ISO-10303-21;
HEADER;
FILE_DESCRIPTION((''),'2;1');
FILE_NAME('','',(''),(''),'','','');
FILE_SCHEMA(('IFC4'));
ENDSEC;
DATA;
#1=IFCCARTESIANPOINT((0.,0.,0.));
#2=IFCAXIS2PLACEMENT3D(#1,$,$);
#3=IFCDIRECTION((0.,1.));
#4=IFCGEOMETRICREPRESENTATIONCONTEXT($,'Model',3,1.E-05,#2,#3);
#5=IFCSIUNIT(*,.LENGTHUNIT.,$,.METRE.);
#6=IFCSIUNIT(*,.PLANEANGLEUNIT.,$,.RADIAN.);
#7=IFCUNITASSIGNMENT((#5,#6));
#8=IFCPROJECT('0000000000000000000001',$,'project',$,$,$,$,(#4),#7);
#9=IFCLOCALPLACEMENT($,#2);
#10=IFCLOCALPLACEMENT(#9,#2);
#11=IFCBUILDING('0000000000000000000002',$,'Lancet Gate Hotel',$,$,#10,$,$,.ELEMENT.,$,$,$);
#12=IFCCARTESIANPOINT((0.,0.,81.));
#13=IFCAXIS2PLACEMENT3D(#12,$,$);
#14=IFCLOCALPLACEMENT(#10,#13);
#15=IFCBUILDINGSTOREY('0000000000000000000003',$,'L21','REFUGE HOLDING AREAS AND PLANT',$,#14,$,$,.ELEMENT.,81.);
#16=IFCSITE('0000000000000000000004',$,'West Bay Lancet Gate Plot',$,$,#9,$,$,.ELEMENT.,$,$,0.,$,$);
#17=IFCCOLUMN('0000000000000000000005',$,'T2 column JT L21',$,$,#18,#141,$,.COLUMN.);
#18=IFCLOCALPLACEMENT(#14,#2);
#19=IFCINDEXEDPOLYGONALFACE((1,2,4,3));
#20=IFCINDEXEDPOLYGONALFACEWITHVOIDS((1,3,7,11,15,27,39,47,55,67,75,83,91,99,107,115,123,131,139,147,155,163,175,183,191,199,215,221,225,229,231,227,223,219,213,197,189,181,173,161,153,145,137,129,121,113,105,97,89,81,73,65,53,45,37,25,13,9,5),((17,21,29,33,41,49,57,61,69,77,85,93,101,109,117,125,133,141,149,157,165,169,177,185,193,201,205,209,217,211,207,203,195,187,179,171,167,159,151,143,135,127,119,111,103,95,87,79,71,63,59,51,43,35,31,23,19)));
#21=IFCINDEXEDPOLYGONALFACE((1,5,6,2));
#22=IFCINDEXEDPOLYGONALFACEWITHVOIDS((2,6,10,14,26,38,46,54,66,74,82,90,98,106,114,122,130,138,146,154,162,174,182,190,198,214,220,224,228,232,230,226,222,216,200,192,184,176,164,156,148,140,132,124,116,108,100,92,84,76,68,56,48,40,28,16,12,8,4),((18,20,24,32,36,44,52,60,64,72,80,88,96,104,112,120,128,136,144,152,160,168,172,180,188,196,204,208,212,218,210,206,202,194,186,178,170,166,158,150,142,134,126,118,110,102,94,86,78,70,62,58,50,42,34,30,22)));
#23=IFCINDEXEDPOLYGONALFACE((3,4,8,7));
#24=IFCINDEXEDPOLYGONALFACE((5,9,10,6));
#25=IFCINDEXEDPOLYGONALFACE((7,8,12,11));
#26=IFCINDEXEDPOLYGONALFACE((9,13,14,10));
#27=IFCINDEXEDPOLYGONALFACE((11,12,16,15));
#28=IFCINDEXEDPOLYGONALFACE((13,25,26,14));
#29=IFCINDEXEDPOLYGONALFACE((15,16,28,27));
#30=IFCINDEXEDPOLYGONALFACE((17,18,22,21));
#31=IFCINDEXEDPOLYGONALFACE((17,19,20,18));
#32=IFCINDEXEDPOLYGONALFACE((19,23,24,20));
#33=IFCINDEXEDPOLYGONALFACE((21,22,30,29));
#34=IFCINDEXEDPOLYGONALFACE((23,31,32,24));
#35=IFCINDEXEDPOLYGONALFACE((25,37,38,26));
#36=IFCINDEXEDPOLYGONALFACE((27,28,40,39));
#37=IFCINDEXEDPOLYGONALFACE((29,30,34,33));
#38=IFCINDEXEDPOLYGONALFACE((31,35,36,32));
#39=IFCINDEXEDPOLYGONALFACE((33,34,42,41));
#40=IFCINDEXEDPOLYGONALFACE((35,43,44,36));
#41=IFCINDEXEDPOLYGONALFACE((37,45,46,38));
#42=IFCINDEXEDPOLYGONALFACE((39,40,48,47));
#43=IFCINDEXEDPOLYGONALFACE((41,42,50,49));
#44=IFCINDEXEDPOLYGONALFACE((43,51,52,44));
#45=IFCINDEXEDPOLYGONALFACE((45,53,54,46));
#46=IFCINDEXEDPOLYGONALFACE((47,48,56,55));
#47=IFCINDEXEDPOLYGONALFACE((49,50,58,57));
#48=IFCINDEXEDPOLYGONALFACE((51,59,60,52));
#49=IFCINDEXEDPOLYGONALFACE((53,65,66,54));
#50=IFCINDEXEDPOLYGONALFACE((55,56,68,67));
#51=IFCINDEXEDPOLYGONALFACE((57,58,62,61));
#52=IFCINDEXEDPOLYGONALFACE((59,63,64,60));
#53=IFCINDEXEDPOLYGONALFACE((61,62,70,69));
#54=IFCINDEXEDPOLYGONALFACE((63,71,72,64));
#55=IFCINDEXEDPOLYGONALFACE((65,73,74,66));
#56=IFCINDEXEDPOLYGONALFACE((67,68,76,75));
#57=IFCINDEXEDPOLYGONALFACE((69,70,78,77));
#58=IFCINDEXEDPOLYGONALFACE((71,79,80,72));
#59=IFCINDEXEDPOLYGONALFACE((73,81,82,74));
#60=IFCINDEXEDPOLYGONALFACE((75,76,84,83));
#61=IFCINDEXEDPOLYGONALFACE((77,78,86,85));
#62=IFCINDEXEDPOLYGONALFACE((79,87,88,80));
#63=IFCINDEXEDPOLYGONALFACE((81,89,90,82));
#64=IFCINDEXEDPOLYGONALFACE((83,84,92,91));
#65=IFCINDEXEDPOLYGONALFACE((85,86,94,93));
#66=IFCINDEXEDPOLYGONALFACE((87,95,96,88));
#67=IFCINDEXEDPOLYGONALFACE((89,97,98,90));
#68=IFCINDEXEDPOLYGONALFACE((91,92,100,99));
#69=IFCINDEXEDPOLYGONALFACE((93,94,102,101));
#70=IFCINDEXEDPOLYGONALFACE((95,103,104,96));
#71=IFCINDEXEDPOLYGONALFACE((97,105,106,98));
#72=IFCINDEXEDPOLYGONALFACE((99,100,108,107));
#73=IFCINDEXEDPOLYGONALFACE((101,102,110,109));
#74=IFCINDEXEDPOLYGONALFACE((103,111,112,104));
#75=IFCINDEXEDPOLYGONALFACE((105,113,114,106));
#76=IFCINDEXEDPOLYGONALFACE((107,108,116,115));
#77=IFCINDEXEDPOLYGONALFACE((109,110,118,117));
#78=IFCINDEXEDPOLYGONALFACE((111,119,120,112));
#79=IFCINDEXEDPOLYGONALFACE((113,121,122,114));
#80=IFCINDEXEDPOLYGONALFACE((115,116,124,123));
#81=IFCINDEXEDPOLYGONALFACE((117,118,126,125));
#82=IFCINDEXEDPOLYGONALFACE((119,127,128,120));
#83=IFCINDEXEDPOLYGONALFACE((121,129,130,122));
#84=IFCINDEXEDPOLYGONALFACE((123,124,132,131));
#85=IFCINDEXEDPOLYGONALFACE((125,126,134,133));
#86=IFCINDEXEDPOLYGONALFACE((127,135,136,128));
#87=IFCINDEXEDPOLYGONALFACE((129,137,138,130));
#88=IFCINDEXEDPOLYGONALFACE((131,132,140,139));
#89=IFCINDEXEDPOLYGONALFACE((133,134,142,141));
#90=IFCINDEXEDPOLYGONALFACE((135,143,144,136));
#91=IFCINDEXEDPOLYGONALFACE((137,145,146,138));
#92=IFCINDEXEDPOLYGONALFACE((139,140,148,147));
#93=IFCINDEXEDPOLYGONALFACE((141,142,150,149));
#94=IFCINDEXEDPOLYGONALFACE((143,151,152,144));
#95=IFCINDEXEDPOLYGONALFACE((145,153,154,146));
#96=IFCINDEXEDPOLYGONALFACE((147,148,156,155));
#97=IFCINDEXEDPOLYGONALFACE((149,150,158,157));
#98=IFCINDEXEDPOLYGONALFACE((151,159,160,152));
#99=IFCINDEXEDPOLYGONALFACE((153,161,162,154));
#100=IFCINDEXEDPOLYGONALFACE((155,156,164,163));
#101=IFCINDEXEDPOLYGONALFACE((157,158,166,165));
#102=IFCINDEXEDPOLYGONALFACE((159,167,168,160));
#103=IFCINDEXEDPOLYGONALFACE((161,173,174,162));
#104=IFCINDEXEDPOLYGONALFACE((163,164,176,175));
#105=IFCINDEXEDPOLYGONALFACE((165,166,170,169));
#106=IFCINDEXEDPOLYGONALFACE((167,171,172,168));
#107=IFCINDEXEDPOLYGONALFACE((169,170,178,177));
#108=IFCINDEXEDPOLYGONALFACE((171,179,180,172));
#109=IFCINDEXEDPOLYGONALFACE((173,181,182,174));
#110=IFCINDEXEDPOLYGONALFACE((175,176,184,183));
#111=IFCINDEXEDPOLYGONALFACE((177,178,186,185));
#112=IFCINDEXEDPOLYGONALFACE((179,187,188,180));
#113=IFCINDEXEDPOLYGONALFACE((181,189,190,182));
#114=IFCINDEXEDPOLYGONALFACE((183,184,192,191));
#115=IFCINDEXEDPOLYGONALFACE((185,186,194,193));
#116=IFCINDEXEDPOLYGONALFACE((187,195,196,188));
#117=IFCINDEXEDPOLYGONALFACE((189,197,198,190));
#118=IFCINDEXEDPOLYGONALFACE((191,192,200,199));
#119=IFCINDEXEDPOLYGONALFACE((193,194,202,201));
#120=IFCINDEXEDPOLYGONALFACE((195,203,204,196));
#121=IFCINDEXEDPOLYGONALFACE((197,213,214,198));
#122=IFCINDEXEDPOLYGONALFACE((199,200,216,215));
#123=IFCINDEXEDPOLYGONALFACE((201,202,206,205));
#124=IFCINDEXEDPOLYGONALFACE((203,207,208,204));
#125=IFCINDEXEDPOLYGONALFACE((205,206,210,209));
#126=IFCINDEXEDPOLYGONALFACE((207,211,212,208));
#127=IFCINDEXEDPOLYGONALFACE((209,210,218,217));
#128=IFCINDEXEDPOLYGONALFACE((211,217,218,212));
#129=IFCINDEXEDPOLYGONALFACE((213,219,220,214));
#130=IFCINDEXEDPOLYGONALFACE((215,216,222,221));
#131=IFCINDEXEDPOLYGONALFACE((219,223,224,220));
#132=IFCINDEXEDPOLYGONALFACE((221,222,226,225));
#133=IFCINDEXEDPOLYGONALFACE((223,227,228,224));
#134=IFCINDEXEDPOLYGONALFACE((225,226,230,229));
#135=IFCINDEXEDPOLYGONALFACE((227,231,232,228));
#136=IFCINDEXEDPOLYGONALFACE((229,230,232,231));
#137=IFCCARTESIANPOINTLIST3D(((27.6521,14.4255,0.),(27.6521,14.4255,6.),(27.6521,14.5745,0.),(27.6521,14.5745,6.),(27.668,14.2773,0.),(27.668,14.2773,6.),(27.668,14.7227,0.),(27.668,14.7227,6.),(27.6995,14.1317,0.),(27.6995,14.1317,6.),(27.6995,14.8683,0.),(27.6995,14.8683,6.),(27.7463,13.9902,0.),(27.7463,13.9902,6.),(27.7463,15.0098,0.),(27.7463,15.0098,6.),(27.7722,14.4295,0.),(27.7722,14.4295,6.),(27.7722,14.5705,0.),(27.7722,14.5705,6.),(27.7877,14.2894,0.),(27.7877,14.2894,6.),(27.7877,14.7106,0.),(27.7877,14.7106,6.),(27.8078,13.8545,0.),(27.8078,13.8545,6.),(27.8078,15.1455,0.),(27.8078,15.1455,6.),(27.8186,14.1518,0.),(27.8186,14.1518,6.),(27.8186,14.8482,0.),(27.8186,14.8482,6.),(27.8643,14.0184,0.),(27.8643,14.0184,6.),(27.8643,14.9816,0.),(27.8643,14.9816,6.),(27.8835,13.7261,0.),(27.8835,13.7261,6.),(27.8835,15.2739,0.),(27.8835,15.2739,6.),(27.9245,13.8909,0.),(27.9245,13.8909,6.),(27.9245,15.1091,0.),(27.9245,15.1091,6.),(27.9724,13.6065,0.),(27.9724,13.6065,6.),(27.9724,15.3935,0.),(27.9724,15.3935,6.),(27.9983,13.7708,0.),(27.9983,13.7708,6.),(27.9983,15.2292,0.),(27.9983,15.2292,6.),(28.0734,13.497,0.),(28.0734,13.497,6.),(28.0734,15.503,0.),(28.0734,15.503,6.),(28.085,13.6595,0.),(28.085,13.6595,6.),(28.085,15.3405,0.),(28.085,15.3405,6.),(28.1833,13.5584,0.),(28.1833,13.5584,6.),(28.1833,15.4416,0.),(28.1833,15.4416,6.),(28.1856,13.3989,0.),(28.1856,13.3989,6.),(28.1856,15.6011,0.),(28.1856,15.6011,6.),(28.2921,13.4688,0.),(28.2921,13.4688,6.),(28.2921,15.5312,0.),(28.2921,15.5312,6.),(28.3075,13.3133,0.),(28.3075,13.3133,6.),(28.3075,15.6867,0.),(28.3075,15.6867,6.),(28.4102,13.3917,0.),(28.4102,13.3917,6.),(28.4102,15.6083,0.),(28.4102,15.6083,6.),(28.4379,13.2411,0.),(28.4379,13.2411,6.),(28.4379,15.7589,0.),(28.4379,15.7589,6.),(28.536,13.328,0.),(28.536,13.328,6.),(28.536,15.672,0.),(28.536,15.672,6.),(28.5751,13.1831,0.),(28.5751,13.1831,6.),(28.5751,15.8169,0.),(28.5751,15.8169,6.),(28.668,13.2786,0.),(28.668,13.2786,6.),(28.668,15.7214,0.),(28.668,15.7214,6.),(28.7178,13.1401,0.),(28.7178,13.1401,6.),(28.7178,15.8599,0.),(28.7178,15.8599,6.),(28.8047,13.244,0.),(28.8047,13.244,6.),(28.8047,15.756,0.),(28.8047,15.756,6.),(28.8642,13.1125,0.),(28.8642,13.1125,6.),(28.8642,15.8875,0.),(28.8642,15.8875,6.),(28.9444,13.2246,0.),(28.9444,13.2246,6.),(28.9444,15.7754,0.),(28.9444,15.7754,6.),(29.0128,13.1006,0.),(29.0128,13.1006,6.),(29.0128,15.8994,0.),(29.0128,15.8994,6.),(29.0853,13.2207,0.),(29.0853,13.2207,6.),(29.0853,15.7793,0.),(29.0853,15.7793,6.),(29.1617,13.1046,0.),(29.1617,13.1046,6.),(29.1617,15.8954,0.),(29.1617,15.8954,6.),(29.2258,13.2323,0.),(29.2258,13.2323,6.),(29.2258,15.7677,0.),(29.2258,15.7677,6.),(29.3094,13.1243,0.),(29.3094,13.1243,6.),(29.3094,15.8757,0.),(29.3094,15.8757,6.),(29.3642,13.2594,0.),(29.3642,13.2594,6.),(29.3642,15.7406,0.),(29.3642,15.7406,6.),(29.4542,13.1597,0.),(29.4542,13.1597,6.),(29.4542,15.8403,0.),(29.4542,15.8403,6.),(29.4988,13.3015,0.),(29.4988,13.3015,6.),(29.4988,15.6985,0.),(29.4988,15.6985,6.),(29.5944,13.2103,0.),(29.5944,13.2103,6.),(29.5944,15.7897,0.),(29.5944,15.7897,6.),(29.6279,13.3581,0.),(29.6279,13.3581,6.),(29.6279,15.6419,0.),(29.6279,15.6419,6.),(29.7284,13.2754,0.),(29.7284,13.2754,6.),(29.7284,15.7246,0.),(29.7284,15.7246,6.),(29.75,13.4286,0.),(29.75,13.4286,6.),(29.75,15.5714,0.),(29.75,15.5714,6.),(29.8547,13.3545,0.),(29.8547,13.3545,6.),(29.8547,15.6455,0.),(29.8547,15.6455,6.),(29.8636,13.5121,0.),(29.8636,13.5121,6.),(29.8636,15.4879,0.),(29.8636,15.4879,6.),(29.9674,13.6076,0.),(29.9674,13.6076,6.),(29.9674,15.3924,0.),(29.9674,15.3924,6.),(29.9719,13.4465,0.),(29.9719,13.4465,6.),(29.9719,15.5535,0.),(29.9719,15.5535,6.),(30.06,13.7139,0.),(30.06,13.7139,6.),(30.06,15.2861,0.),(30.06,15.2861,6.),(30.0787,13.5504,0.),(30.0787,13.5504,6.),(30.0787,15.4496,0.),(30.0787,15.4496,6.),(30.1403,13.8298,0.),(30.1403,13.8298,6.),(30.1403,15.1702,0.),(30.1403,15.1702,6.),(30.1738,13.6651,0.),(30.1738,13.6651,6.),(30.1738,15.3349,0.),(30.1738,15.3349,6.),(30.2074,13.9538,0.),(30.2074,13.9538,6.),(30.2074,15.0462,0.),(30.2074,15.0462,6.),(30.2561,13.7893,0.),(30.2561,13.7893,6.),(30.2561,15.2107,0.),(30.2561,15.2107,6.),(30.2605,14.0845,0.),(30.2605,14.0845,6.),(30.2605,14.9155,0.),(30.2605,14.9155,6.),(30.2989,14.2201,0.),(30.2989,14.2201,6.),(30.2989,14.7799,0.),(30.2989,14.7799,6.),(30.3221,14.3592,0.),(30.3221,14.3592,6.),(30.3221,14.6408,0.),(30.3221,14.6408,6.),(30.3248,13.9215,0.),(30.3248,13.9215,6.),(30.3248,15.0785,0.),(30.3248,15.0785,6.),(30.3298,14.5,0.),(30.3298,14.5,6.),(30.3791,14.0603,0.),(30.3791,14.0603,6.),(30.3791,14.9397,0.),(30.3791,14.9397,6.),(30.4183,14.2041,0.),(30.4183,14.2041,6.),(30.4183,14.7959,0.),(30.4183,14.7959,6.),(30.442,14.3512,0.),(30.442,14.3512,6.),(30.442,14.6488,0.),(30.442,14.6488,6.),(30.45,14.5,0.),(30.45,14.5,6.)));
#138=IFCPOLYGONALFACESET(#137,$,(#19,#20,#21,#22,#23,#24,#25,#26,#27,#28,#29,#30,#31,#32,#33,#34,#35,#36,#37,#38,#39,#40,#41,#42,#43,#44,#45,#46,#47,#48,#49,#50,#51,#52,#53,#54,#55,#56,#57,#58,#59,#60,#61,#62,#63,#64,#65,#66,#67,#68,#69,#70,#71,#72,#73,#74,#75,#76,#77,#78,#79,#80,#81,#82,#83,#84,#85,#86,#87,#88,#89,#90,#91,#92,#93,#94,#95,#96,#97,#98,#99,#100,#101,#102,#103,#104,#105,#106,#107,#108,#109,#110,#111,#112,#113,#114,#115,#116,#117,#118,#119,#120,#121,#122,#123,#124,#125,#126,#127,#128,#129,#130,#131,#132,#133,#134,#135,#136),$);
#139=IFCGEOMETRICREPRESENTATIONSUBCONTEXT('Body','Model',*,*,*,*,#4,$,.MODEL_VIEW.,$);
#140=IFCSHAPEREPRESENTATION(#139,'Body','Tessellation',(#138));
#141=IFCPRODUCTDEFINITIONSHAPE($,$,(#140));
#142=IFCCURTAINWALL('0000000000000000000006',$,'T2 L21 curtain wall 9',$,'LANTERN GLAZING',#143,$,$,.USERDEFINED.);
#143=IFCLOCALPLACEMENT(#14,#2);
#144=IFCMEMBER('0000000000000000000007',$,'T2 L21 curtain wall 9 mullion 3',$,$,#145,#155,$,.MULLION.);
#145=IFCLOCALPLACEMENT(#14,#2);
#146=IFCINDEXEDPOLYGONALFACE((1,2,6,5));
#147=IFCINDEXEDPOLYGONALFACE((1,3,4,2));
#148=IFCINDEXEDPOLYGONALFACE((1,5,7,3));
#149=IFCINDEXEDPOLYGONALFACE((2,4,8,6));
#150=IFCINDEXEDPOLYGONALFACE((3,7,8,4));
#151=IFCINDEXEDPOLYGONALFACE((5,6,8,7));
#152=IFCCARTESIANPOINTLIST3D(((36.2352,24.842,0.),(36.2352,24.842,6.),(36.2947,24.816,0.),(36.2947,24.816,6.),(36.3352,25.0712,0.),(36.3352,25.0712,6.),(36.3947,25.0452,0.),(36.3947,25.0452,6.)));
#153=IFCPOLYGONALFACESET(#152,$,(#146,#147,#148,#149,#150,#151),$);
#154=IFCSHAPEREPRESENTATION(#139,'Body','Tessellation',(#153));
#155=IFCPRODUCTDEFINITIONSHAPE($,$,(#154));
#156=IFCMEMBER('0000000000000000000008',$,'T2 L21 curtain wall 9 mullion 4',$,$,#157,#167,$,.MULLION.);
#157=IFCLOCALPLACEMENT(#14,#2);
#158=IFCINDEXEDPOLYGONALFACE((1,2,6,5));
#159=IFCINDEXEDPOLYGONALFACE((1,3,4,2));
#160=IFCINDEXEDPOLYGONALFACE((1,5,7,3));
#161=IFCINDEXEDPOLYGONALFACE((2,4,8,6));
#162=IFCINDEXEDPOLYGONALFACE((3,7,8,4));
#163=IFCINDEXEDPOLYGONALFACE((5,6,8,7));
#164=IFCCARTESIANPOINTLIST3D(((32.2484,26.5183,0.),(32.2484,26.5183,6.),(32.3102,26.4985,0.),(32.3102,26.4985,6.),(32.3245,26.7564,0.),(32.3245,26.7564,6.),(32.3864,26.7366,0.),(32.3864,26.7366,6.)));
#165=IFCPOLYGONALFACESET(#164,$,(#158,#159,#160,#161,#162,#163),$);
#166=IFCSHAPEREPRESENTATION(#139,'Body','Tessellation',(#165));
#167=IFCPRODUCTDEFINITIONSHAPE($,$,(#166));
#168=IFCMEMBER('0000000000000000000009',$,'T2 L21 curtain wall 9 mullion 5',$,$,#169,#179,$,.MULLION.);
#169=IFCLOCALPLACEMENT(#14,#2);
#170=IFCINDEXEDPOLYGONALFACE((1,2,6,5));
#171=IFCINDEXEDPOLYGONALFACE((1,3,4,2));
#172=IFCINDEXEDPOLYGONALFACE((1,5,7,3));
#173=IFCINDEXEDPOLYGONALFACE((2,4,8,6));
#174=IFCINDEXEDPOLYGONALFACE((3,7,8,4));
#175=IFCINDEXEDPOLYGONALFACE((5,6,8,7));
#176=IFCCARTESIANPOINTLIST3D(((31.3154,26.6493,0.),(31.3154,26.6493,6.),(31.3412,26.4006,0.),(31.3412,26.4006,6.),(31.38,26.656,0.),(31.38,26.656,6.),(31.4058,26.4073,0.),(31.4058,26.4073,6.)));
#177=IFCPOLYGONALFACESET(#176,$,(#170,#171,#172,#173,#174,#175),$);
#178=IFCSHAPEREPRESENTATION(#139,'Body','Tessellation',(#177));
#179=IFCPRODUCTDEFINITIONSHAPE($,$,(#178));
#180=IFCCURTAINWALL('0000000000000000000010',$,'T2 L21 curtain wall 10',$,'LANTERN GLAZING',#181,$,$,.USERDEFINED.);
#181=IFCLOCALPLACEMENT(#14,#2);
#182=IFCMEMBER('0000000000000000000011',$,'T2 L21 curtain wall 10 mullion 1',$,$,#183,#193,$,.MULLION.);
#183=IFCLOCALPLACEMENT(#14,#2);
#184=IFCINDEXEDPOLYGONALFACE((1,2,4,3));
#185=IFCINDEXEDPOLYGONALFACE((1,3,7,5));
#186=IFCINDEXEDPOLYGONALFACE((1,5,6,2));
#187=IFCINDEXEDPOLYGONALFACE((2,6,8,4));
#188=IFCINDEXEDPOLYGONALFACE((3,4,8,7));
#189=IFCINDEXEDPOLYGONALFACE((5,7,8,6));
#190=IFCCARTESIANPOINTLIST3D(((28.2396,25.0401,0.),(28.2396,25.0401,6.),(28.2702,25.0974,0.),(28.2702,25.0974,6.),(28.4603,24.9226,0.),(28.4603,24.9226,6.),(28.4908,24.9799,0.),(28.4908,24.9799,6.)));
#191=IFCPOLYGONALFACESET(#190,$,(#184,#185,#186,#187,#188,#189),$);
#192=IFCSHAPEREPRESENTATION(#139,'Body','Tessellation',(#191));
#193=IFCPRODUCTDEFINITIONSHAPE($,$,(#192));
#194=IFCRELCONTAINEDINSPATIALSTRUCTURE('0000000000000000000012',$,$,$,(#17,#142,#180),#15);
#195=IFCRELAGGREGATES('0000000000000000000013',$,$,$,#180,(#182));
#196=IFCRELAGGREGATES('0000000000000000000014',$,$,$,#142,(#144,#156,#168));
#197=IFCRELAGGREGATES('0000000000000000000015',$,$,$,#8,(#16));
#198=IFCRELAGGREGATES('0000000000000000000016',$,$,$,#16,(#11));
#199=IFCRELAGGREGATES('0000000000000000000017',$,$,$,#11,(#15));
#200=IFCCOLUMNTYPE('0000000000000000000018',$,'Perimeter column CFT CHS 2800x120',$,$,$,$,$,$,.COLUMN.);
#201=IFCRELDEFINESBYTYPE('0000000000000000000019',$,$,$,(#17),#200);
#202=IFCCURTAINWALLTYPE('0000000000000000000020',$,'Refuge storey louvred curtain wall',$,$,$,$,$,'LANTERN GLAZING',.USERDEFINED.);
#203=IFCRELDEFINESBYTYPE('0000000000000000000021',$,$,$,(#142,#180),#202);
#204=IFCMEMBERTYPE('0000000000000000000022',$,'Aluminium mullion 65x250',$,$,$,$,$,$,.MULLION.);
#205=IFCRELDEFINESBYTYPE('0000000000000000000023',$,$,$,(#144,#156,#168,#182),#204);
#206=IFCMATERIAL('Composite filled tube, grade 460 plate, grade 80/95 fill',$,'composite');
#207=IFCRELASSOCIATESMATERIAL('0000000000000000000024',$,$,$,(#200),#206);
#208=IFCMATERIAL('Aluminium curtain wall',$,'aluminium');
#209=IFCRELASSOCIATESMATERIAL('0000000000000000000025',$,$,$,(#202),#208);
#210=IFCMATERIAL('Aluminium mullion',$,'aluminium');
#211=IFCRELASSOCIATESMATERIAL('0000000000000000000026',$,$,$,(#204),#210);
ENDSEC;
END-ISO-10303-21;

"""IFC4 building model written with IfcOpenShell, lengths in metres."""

from ifc_helpers import new_model, si_unit, direction, frame, origin, origin_2d, place, context, subcontext, project, spatial, rectangle, hollow_circle, extrude, material, material_profile, profile_set, type_object, element, aggregate, save


model = new_model("IFC4")

# Units and contexts
model_context = context("Model", 3, precision=1e-05, world=origin(), true_north=direction((0.0, 1.0)))
body_context = subcontext(model_context, "Body", "Model", "MODEL_VIEW")
ifc_project = project(units=[si_unit("LENGTHUNIT", "METRE"), si_unit("PLANEANGLEUNIT", "RADIAN")], contexts=[model_context])

# Site, building, storey
site_placement = place(None, origin())
site = spatial("IfcSite", under=ifc_project, at=site_placement, Name="West Bay Lancet Gate Plot", CompositionType="ELEMENT", RefElevation=0.0)
building_placement = place(site_placement, origin())
building = spatial("IfcBuilding", under=site, at=building_placement, Name="Lancet Gate Hotel", CompositionType="ELEMENT")
storey_placement = place(building_placement, frame((0.0, 0.0, 81.0)))
storey = spatial("IfcBuildingStorey", under=building, at=storey_placement, Name="L21", Description="REFUGE HOLDING AREAS AND PLANT", CompositionType="ELEMENT", Elevation=81.0)

# Column
ifc_material_1 = material(Name="Composite filled tube, grade 460 plate, grade 80/95 fill", Category="composite")
ifc_material_profile_1 = material_profile(ifc_material_1, hollow_circle(Radius=1.3999, WallThickness=0.1201, at=origin_2d()), Name="CHS 2800x120")
ifc_profile_set_1 = profile_set([ifc_material_profile_1], Name="Composite filled tube, grade 460 plate, grade 80/95 fill")
column_type = type_object("IfcColumnType", Name="Perimeter column CFT CHS 2800x120", PredefinedType="COLUMN", material=ifc_profile_set_1)
for number, where, z_axis, x_axis, name in (
    (1, (29.05, 14.5, 0.0), (0.0, 0.0, 1.0), (1.0, 0.0, 0.0), "T2 column JT L21"),
):
    element("IfcColumn", number, at=place(storey_placement, frame(where, z_axis=z_axis, x_axis=x_axis)), inside=storey, type_object=column_type, Name=name, PredefinedType="COLUMN", context=body_context, shape_type="SweptSolid", body=[
        extrude(hollow_circle(Radius=1.3999, WallThickness=0.1201, at=origin_2d()), origin(), (0.0, 0.0, 1.0), 6.0),
    ])

# Curtain wall, members
ifc_material_2 = material(Name="Aluminium curtain wall", Category="aluminium")
curtain_wall_type = type_object("IfcCurtainWallType", Name="Refuge storey louvred curtain wall", ElementType="LANTERN GLAZING", PredefinedType="USERDEFINED", material=ifc_material_2)
curtain_wall_1_placement = place(storey_placement, origin())
curtain_wall_1 = element("IfcCurtainWall", 2, at=curtain_wall_1_placement, inside=storey, type_object=curtain_wall_type, Name="T2 L21 curtain wall 9", ObjectType="LANTERN GLAZING", PredefinedType="USERDEFINED")
ifc_material_3 = material(Name="Aluminium mullion", Category="aluminium")
ifc_material_profile_2 = material_profile(ifc_material_3, rectangle(XDim=0.0649, YDim=0.25, at=origin_2d()), Name="MULLION 65x250")
ifc_profile_set_2 = profile_set([ifc_material_profile_2], Name="Aluminium mullion")
member_type_1 = type_object("IfcMemberType", Name="Aluminium mullion 65x250", PredefinedType="MULLION", material=ifc_profile_set_2)
member_1_placement = place(storey_placement, frame((36.3149, 24.9436, 0.0), z_axis=(0.0, 0.0, 1.0), x_axis=(-0.916579, 0.399854, 0.0)))
member_1 = element("IfcMember", 3, at=member_1_placement, type_object=member_type_1, Name="T2 L21 curtain wall 9 mullion 3", PredefinedType="MULLION", context=body_context, shape_type="SweptSolid", body=[
    extrude(rectangle(XDim=0.0649, YDim=0.25, at=origin_2d()), origin(), (0.0, 0.0, 1.0), 6.0),
])
member_2_placement = place(storey_placement, frame((32.3174, 26.6274, 0.0), z_axis=(0.0, 0.0, 1.0), x_axis=(-0.952473, 0.304622, 0.0)))
member_2 = element("IfcMember", 4, at=member_2_placement, type_object=member_type_1, Name="T2 L21 curtain wall 9 mullion 4", PredefinedType="MULLION", context=body_context, shape_type="SweptSolid", body=[
    extrude(rectangle(XDim=0.0649, YDim=0.25, at=origin_2d()), origin(), (0.0, 0.0, 1.0), 6.0),
])
member_3_placement = place(storey_placement, frame((31.3606, 26.5283, 0.0), z_axis=(0.0, 0.0, 1.0), x_axis=(-0.994672, -0.103088, 0.0)))
member_3 = element("IfcMember", 5, at=member_3_placement, type_object=member_type_1, Name="T2 L21 curtain wall 9 mullion 5", PredefinedType="MULLION", context=body_context, shape_type="SweptSolid", body=[
    extrude(rectangle(XDim=0.0649, YDim=0.25, at=origin_2d()), origin(), (0.0, 0.0, 1.0), 6.0),
])

# Curtain wall, member
curtain_wall_2_placement = place(storey_placement, origin())
curtain_wall_2 = element("IfcCurtainWall", 6, at=curtain_wall_2_placement, inside=storey, type_object=curtain_wall_type, Name="T2 L21 curtain wall 10", ObjectType="LANTERN GLAZING", PredefinedType="USERDEFINED")
member_4_placement = place(storey_placement, frame((28.3652, 25.01, 0.0), z_axis=(0.0, 0.0, 1.0), x_axis=(-0.469898, -0.882721, 0.0)))
member_4 = element("IfcMember", 7, at=member_4_placement, type_object=member_type_1, Name="T2 L21 curtain wall 10 mullion 1", PredefinedType="MULLION", context=body_context, shape_type="SweptSolid", body=[
    extrude(rectangle(XDim=0.0649, YDim=0.25, at=origin_2d()), origin(), (0.0, 0.0, 1.0), 6.0),
])
aggregate(curtain_wall_2, [member_4])

aggregate(curtain_wall_1, [member_1, member_2, member_3])

save(model, "model.ifc")
